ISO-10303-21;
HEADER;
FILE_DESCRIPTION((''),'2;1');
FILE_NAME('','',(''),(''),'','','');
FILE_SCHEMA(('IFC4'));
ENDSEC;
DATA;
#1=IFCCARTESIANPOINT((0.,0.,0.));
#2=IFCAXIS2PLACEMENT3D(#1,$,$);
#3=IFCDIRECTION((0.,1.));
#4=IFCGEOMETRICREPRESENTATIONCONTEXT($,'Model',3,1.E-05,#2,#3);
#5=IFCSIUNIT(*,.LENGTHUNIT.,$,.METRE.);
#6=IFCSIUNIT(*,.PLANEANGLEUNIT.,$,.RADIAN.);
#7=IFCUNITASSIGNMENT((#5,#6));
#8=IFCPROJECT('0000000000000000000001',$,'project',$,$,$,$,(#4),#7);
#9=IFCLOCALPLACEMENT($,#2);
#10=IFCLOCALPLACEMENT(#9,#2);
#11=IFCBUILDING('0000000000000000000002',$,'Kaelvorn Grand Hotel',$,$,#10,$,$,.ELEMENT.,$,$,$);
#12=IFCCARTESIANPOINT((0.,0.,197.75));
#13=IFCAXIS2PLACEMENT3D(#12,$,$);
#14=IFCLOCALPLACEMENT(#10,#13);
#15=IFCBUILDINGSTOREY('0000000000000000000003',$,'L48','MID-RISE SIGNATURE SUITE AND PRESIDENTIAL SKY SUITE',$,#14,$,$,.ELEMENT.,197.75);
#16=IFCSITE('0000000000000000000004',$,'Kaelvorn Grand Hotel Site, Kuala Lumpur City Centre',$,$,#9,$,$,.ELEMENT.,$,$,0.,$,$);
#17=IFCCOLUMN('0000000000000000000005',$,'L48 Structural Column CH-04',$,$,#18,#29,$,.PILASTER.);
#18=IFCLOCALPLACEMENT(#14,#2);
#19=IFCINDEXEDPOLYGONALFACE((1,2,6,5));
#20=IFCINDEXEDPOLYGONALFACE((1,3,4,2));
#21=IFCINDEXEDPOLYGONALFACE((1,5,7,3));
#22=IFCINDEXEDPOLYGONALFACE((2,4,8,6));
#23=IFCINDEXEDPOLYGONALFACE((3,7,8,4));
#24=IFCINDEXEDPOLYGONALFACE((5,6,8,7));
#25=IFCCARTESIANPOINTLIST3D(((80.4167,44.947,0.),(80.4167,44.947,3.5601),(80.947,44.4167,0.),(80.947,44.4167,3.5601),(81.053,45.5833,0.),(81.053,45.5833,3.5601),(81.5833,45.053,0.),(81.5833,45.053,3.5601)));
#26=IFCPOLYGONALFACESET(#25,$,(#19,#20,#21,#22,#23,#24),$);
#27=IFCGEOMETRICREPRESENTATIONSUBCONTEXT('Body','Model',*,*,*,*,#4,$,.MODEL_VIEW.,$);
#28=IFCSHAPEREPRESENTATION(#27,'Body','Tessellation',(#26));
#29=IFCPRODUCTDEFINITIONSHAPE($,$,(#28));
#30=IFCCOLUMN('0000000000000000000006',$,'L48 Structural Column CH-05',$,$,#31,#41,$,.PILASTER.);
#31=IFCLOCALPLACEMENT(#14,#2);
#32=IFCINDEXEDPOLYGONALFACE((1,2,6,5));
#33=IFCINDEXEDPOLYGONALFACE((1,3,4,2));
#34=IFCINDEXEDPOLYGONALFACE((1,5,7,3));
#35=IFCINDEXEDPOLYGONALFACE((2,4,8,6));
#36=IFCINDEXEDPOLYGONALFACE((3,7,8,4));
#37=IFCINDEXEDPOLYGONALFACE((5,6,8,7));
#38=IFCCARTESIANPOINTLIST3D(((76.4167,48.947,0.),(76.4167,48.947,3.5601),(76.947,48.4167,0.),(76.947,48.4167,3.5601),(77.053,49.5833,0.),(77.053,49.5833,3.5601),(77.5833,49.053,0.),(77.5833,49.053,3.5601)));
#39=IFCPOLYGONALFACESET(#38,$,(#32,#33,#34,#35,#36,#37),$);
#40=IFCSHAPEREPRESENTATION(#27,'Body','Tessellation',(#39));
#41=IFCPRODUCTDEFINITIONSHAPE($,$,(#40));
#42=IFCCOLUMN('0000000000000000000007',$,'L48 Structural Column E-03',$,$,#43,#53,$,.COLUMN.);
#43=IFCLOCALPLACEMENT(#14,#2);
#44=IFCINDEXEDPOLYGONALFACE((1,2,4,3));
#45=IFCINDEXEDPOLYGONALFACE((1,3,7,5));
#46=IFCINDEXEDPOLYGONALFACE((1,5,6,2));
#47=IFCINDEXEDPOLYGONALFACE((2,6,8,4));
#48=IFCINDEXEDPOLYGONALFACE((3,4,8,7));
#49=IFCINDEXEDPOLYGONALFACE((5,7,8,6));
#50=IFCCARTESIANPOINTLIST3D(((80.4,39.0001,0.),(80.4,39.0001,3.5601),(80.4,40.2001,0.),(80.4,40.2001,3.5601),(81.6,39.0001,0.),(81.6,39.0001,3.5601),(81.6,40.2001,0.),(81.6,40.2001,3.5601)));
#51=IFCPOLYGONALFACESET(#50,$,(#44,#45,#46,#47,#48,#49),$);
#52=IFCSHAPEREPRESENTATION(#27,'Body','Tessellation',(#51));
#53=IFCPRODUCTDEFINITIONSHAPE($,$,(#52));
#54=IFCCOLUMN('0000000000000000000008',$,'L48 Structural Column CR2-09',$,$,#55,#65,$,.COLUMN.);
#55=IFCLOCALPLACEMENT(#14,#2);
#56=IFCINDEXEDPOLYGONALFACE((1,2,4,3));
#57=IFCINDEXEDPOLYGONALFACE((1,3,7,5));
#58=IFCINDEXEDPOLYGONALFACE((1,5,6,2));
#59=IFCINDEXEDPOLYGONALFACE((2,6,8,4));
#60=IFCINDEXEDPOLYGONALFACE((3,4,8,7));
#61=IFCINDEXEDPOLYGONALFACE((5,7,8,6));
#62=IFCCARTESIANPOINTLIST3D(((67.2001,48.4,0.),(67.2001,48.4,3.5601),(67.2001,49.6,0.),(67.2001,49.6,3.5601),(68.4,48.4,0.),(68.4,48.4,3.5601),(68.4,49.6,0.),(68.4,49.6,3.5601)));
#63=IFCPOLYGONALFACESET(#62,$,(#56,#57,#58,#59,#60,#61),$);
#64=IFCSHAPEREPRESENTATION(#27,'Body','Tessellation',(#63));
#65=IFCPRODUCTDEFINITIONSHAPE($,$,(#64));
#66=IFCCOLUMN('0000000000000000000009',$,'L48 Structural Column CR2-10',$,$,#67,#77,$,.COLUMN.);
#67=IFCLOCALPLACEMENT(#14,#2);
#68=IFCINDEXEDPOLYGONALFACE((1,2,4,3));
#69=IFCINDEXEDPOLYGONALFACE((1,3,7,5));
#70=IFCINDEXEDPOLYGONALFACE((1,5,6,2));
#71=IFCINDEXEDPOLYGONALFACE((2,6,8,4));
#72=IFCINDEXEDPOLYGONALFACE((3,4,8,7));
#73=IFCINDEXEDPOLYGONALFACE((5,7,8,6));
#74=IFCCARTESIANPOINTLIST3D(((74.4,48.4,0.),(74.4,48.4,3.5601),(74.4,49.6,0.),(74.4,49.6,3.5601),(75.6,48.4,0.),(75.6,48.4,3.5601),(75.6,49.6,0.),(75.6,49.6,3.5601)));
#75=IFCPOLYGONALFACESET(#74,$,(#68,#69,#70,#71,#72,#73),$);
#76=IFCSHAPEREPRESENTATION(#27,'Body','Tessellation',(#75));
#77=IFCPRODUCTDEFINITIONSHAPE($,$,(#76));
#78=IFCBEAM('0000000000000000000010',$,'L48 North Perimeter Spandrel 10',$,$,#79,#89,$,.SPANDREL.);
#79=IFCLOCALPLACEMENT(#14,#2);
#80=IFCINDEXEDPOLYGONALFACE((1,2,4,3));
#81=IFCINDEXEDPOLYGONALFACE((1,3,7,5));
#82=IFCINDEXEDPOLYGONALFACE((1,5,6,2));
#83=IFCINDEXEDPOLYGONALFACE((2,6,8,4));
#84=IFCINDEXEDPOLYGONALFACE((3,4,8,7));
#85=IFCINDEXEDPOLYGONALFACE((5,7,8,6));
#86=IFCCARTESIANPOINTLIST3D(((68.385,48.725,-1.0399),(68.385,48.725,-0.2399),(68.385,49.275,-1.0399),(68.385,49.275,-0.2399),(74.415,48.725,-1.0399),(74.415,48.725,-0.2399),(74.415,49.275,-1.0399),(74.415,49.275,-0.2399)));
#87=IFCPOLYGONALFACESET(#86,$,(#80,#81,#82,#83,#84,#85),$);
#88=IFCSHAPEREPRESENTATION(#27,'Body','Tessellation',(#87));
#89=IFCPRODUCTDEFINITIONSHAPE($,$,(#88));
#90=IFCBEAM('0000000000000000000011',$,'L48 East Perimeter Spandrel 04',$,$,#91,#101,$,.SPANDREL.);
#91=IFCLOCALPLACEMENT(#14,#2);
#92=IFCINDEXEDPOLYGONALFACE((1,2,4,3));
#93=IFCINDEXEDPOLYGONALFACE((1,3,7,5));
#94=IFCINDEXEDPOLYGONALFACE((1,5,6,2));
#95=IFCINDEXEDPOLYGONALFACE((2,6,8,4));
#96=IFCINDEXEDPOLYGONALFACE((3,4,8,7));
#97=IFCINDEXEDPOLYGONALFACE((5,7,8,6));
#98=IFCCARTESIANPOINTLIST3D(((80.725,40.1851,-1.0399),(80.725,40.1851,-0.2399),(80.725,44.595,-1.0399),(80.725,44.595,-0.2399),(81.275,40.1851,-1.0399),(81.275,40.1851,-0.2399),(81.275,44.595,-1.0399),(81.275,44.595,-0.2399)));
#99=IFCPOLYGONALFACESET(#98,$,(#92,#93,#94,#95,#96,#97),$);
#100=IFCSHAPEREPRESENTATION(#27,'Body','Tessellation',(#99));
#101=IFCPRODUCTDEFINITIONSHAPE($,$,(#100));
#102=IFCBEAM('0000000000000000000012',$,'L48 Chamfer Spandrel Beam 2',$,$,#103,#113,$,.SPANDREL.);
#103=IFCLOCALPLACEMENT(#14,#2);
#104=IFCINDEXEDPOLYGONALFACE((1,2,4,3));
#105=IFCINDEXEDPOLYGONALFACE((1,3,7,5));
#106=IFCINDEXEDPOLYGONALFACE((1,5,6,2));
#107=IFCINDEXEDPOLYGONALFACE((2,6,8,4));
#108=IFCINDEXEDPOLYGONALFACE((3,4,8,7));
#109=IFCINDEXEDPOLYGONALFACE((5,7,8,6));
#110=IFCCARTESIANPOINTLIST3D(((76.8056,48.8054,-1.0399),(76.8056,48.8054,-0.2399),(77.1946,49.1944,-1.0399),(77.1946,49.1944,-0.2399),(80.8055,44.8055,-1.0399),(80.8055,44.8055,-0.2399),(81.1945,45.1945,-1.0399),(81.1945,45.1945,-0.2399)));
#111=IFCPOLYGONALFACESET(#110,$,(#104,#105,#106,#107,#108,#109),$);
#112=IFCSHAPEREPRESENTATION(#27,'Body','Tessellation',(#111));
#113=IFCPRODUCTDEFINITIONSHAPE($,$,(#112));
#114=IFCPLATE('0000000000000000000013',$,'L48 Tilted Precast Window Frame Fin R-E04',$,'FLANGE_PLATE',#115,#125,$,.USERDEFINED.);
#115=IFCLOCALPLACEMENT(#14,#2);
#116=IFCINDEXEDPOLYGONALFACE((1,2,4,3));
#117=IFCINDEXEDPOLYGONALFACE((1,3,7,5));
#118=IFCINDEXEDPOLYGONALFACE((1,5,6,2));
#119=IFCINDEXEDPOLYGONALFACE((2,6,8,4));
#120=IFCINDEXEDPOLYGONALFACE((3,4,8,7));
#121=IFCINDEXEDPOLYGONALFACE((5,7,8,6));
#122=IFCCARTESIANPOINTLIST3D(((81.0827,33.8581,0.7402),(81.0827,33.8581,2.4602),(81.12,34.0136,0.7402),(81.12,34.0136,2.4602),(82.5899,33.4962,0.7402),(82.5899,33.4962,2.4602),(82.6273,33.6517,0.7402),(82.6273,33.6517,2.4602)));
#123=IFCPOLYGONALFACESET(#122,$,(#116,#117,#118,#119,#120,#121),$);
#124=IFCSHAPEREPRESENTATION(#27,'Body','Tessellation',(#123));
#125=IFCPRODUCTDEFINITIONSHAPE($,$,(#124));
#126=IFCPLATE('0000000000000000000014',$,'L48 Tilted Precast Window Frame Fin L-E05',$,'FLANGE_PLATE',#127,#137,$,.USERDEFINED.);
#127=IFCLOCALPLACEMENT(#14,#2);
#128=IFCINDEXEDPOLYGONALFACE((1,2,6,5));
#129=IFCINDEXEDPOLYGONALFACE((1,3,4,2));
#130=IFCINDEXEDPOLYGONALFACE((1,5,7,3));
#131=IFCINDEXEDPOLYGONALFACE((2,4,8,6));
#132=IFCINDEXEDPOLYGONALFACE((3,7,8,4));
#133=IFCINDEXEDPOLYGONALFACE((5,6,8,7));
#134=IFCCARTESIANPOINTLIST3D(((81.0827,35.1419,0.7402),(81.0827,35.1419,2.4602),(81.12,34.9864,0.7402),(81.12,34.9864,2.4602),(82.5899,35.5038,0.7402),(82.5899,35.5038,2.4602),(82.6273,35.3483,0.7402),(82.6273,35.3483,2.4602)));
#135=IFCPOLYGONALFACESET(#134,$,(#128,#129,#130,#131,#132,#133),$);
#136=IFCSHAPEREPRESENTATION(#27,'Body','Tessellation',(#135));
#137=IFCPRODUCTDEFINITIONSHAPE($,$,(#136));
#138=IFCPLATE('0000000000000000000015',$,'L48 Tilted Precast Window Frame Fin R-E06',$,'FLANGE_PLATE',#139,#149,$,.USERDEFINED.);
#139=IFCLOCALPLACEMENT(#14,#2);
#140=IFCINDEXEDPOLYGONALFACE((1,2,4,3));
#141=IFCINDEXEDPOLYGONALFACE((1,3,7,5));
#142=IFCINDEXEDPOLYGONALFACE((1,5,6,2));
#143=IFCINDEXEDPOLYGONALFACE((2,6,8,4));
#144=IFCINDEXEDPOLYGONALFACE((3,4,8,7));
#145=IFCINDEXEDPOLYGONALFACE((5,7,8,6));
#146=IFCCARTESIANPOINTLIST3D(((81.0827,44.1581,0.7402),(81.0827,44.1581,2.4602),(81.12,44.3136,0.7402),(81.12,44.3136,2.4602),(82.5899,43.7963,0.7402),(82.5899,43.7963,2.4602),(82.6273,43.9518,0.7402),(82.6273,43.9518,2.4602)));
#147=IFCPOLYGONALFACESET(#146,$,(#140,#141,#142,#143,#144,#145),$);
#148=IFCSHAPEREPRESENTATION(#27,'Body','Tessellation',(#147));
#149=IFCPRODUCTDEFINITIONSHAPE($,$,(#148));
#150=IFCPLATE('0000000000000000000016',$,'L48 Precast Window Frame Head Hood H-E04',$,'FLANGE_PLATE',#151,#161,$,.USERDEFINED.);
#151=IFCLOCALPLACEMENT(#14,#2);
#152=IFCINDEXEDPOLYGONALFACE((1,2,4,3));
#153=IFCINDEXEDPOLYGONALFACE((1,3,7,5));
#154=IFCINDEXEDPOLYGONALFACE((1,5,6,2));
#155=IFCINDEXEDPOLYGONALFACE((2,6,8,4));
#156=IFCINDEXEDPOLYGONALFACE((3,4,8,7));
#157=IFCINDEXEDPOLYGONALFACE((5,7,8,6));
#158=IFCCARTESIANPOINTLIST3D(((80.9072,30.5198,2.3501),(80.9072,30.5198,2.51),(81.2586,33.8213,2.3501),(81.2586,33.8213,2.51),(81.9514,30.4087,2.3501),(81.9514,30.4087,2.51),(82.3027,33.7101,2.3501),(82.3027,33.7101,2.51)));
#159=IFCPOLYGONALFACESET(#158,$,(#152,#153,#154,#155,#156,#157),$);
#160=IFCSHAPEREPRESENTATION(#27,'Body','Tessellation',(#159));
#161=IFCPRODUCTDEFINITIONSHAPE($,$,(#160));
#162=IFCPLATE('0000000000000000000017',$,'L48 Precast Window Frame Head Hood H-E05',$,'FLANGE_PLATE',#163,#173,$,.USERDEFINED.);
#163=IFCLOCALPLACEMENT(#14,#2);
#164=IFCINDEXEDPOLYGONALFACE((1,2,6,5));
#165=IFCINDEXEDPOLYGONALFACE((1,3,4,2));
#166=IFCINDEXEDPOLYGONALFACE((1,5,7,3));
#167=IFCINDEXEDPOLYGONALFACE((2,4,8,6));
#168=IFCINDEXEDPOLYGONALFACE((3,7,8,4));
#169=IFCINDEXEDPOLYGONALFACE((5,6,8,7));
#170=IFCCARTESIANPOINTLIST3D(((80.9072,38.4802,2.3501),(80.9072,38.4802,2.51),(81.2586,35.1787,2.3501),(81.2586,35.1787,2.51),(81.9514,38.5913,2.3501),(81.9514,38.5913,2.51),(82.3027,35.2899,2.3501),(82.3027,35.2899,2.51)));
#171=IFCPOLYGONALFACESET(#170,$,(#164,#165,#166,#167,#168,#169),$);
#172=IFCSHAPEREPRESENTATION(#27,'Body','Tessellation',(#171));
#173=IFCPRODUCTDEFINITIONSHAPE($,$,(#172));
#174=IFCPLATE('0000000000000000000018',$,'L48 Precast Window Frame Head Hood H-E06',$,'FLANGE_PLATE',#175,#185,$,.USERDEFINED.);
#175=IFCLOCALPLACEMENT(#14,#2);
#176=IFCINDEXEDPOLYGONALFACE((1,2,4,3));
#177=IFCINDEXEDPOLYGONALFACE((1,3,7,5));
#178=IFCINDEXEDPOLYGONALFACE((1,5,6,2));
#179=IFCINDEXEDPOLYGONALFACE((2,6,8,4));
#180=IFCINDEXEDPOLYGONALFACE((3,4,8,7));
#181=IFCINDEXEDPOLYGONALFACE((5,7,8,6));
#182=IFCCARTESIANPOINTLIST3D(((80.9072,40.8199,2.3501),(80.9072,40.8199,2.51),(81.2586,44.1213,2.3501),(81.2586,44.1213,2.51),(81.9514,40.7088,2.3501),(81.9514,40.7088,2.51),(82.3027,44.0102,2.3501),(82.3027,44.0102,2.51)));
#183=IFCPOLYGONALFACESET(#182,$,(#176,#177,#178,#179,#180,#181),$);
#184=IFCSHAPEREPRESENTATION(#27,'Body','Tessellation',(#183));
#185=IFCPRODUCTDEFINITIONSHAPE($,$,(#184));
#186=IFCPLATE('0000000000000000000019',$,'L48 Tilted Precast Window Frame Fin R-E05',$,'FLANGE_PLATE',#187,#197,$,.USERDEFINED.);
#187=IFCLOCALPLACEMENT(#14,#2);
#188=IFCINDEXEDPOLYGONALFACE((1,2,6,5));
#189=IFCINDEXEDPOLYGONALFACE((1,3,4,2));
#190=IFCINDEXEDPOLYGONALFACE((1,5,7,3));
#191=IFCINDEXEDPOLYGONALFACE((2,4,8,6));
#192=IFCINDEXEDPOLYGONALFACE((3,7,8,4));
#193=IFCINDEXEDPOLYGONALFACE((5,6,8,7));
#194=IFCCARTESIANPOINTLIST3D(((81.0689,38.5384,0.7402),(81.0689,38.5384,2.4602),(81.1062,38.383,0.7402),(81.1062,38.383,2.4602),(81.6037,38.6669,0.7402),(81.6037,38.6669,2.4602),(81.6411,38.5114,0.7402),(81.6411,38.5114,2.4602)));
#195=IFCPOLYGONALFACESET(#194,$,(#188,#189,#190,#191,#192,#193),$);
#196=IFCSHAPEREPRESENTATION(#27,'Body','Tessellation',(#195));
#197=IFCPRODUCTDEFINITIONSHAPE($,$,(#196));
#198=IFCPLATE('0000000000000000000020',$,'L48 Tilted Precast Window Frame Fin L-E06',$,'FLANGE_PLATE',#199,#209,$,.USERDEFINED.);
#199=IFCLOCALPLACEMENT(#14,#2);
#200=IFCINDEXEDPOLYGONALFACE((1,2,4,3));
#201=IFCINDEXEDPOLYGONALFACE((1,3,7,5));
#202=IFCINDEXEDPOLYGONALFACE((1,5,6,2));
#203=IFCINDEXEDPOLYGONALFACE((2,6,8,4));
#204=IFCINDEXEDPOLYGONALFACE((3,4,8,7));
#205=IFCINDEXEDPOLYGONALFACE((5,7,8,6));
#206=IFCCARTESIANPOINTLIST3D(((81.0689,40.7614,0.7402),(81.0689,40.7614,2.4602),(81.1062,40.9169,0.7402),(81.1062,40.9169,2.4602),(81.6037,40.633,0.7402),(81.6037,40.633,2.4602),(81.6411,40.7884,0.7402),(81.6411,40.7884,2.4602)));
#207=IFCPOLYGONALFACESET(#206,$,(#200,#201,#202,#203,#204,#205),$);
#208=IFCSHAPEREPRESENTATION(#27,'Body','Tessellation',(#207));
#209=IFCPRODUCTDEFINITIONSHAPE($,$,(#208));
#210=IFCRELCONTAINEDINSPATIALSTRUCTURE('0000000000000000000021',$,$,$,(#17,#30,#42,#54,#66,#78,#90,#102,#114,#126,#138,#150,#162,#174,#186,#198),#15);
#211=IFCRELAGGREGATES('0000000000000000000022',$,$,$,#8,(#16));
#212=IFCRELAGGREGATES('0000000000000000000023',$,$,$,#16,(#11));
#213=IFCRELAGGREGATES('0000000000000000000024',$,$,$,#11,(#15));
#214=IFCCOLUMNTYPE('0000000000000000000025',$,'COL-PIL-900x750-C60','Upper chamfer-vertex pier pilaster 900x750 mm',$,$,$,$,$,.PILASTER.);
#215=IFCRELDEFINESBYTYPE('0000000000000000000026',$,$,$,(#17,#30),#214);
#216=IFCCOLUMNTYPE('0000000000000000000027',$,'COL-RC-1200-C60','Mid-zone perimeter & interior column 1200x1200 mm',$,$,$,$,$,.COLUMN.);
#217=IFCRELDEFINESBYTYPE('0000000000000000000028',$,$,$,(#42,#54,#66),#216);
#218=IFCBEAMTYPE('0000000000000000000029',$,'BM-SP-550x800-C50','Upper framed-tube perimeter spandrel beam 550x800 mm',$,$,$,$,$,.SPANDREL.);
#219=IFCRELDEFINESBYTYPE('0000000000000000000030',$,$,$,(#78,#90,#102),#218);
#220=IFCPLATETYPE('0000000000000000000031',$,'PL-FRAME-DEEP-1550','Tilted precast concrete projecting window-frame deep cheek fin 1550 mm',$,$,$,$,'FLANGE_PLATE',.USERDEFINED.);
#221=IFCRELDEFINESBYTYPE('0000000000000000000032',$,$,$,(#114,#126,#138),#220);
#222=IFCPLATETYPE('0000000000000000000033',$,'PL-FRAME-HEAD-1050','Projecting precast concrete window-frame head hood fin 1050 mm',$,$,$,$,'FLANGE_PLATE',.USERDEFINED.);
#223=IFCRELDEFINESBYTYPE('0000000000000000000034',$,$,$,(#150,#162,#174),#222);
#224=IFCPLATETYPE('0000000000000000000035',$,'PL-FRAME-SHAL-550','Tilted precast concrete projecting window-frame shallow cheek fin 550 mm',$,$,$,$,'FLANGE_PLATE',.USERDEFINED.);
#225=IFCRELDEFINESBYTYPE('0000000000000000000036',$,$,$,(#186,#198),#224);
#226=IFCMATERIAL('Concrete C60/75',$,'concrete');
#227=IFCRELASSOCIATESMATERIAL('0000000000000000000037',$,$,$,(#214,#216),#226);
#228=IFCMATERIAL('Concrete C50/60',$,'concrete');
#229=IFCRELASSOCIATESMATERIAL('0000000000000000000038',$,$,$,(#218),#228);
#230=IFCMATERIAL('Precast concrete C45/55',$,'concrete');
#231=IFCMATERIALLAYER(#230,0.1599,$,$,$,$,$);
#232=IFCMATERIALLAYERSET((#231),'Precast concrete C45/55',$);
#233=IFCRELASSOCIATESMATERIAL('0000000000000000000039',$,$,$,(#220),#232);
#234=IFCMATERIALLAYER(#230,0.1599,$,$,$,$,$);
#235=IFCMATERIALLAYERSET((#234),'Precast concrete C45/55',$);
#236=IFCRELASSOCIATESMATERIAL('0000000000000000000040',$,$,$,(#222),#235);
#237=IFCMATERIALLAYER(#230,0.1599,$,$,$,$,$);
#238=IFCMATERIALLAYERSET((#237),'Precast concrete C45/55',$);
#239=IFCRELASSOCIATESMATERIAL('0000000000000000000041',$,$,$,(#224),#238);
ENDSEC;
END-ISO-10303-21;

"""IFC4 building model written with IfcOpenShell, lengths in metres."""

from ifc_helpers import new_model, si_unit, direction, frame, origin, origin_2d, place, context, subcontext, project, spatial, rectangle, extrude, material, layer, layer_set, material_profile, profile_set, type_object, element, save


model = new_model("IFC4")

# Units and contexts
model_context = context("Model", 3, precision=1e-05, world=origin(), true_north=direction((0.0, 1.0)))
body_context = subcontext(model_context, "Body", "Model", "MODEL_VIEW")
ifc_project = project(units=[si_unit("LENGTHUNIT", "METRE"), si_unit("PLANEANGLEUNIT", "RADIAN")], contexts=[model_context])

# Site, building, storey
site_placement = place(None, origin())
site = spatial("IfcSite", under=ifc_project, at=site_placement, Name="Kaelvorn Grand Hotel Site, Kuala Lumpur City Centre", CompositionType="ELEMENT", RefElevation=0.0)
building_placement = place(site_placement, origin())
building = spatial("IfcBuilding", under=site, at=building_placement, Name="Kaelvorn Grand Hotel", CompositionType="ELEMENT")
storey_placement = place(building_placement, frame((0.0, 0.0, 197.75)))
storey = spatial("IfcBuildingStorey", under=building, at=storey_placement, Name="L48", Description="MID-RISE SIGNATURE SUITE AND PRESIDENTIAL SKY SUITE", CompositionType="ELEMENT", Elevation=197.75)

# Columns
ifc_material_1 = material(Name="Concrete C60/75", Category="concrete")
ifc_material_profile_1 = material_profile(ifc_material_1, rectangle(XDim=0.8999, YDim=0.75, at=origin_2d()), Name="RC PILASTER 900x750")
ifc_profile_set_1 = profile_set([ifc_material_profile_1], Name="Concrete C60/75")
column_type_1 = type_object("IfcColumnType", Name="COL-PIL-900x750-C60", Description="Upper chamfer-vertex pier pilaster 900x750 mm", PredefinedType="PILASTER", material=ifc_profile_set_1)
for number, where, z_axis, x_axis, name in (
    (1, (81.0, 45.0, 0.0), (0.0, 0.0, 1.0), (0.707107, 0.707107, 0.0), "L48 Structural Column CH-04"),
    (2, (77.0, 49.0, 0.0), (0.0, 0.0, 1.0), (0.707107, 0.707107, 0.0), "L48 Structural Column CH-05"),
):
    element("IfcColumn", number, at=place(storey_placement, frame(where, z_axis=z_axis, x_axis=x_axis)), inside=storey, type_object=column_type_1, Name=name, PredefinedType="PILASTER", context=body_context, shape_type="SweptSolid", body=[
        extrude(rectangle(XDim=0.8999, YDim=0.75, at=origin_2d()), origin(), (0.0, 0.0, 1.0), 3.5601),
    ])
ifc_material_profile_2 = material_profile(ifc_material_1, rectangle(XDim=1.2, YDim=1.2, at=origin_2d()), Name="RC COL 1200x1200")
ifc_profile_set_2 = profile_set([ifc_material_profile_2], Name="Concrete C60/75")
column_type_2 = type_object("IfcColumnType", Name="COL-RC-1200-C60", Description="Mid-zone perimeter & interior column 1200x1200 mm", PredefinedType="COLUMN", material=ifc_profile_set_2)
for number, where, z_axis, x_axis, name in (
    (3, (81.0, 39.6001, 0.0), (0.0, 0.0, 1.0), (1.0, 0.0, 0.0), "L48 Structural Column E-03"),
    (4, (67.8, 49.0, 0.0), (0.0, 0.0, 1.0), (1.0, 0.0, 0.0), "L48 Structural Column CR2-09"),
    (5, (75.0, 49.0, 0.0), (0.0, 0.0, 1.0), (1.0, 0.0, 0.0), "L48 Structural Column CR2-10"),
):
    element("IfcColumn", number, at=place(storey_placement, frame(where, z_axis=z_axis, x_axis=x_axis)), inside=storey, type_object=column_type_2, Name=name, PredefinedType="COLUMN", context=body_context, shape_type="SweptSolid", body=[
        extrude(rectangle(XDim=1.2, YDim=1.2, at=origin_2d()), origin(), (0.0, 0.0, 1.0), 3.5601),
    ])

# Beams
ifc_material_2 = material(Name="Concrete C50/60", Category="concrete")
ifc_material_profile_3 = material_profile(ifc_material_2, rectangle(XDim=0.55, YDim=0.8, at=origin_2d()), Name="RC SPANDREL 550x800")
ifc_profile_set_3 = profile_set([ifc_material_profile_3], Name="Concrete C50/60")
beam_type = type_object("IfcBeamType", Name="BM-SP-550x800-C50", Description="Upper framed-tube perimeter spandrel beam 550x800 mm", PredefinedType="SPANDREL", material=ifc_profile_set_3)
beam_1_placement = place(storey_placement, frame((68.385, 49.0, -0.6399), z_axis=(1.0, 0.0, 0.0), x_axis=(0.0, 1.0, 0.0)))
element("IfcBeam", 6, at=beam_1_placement, inside=storey, type_object=beam_type, Name="L48 North Perimeter Spandrel 10", PredefinedType="SPANDREL", context=body_context, shape_type="SweptSolid", body=[
    extrude(rectangle(XDim=0.55, YDim=0.8, at=origin_2d()), origin(), (0.0, 0.0, 1.0), 6.03),
])
beam_2_placement = place(storey_placement, frame((81.0, 40.1851, -0.6399), z_axis=(0.0, 1.0, 0.0), x_axis=(-1.0, 0.0, 0.0)))
element("IfcBeam", 7, at=beam_2_placement, inside=storey, type_object=beam_type, Name="L48 East Perimeter Spandrel 04", PredefinedType="SPANDREL", context=body_context, shape_type="SweptSolid", body=[
    extrude(rectangle(XDim=0.55, YDim=0.8, at=origin_2d()), origin(), (0.0, 0.0, 1.0), 4.4099),
])
beam_3_placement = place(storey_placement, frame((81.0, 45.0, -0.6399), z_axis=(-0.707107, 0.707107, 0.0), x_axis=(-0.707107, -0.707107, 0.0)))
element("IfcBeam", 8, at=beam_3_placement, inside=storey, type_object=beam_type, Name="L48 Chamfer Spandrel Beam 2", PredefinedType="SPANDREL", context=body_context, shape_type="SweptSolid", body=[
    extrude(rectangle(XDim=0.55, YDim=0.8, at=origin_2d()), origin(), (0.0, 0.0, 1.0), 5.6567),
])

# Plates
ifc_material_3 = material(Name="Precast concrete C45/55", Category="concrete")
ifc_layer_1 = layer(ifc_material_3, 0.1599)
ifc_layer_set_1 = layer_set([ifc_layer_1], Name="Precast concrete C45/55")
plate_type_1 = type_object("IfcPlateType", Name="PL-FRAME-DEEP-1550", Description="Tilted precast concrete projecting window-frame deep cheek fin 1550 mm", ElementType="FLANGE_PLATE", PredefinedType="USERDEFINED", material=ifc_layer_set_1)
for number, where, z_axis, x_axis, name in (
    (9, (81.855, 33.7549, 0.7402), (0.0, 0.0, 1.0), (0.233445, 0.97237, 0.0), "L48 Tilted Precast Window Frame Fin R-E04"),
    (10, (81.855, 35.2451, 0.7402), (0.0, 0.0, 1.0), (-0.233445, 0.97237, 0.0), "L48 Tilted Precast Window Frame Fin L-E05"),
    (11, (81.855, 44.0549, 0.7402), (0.0, 0.0, 1.0), (0.233445, 0.97237, 0.0), "L48 Tilted Precast Window Frame Fin R-E06"),
):
    element("IfcPlate", number, at=place(storey_placement, frame(where, z_axis=z_axis, x_axis=x_axis)), inside=storey, type_object=plate_type_1, Name=name, ObjectType="FLANGE_PLATE", PredefinedType="USERDEFINED", context=body_context, shape_type="SweptSolid", body=[
        extrude(rectangle(XDim=0.1599, YDim=1.55, at=origin_2d()), origin(), (0.0, 0.0, 1.0), 1.72),
    ])
ifc_layer_2 = layer(ifc_material_3, 0.1599)
ifc_layer_set_2 = layer_set([ifc_layer_2], Name="Precast concrete C45/55")
plate_type_2 = type_object("IfcPlateType", Name="PL-FRAME-HEAD-1050", Description="Projecting precast concrete window-frame head hood fin 1050 mm", ElementType="FLANGE_PLATE", PredefinedType="USERDEFINED", material=ifc_layer_set_2)
for number, where, z_axis, x_axis, name in (
    (12, (81.605, 32.115, 2.3501), (0.0, 0.0, 1.0), (0.10583, 0.994384, 0.0), "L48 Precast Window Frame Head Hood H-E04"),
    (13, (81.605, 36.885, 2.3501), (0.0, 0.0, 1.0), (-0.10583, 0.994384, 0.0), "L48 Precast Window Frame Head Hood H-E05"),
    (14, (81.605, 42.415, 2.3501), (0.0, 0.0, 1.0), (0.10583, 0.994384, 0.0), "L48 Precast Window Frame Head Hood H-E06"),
):
    element("IfcPlate", number, at=place(storey_placement, frame(where, z_axis=z_axis, x_axis=x_axis)), inside=storey, type_object=plate_type_2, Name=name, ObjectType="FLANGE_PLATE", PredefinedType="USERDEFINED", context=body_context, shape_type="SweptSolid", body=[
        extrude(rectangle(XDim=3.3201, YDim=1.05, at=origin_2d()), origin(), (0.0, 0.0, 1.0), 0.1599),
    ])
ifc_layer_3 = layer(ifc_material_3, 0.1599)
ifc_layer_set_3 = layer_set([ifc_layer_3], Name="Precast concrete C45/55")
plate_type_3 = type_object("IfcPlateType", Name="PL-FRAME-SHAL-550", Description="Tilted precast concrete projecting window-frame shallow cheek fin 550 mm", ElementType="FLANGE_PLATE", PredefinedType="USERDEFINED", material=ifc_layer_set_3)
for number, where, z_axis, x_axis, name in (
    (15, (81.355, 38.5249, 0.7402), (0.0, 0.0, 1.0), (-0.233445, 0.97237, 0.0), "L48 Tilted Precast Window Frame Fin R-E05"),
    (16, (81.355, 40.7749, 0.7402), (0.0, 0.0, 1.0), (0.233445, 0.97237, 0.0), "L48 Tilted Precast Window Frame Fin L-E06"),
):
    element("IfcPlate", number, at=place(storey_placement, frame(where, z_axis=z_axis, x_axis=x_axis)), inside=storey, type_object=plate_type_3, Name=name, ObjectType="FLANGE_PLATE", PredefinedType="USERDEFINED", context=body_context, shape_type="SweptSolid", body=[
        extrude(rectangle(XDim=0.1599, YDim=0.55, at=origin_2d()), origin(), (0.0, 0.0, 1.0), 1.72),
    ])

save(model, "model.ifc")
